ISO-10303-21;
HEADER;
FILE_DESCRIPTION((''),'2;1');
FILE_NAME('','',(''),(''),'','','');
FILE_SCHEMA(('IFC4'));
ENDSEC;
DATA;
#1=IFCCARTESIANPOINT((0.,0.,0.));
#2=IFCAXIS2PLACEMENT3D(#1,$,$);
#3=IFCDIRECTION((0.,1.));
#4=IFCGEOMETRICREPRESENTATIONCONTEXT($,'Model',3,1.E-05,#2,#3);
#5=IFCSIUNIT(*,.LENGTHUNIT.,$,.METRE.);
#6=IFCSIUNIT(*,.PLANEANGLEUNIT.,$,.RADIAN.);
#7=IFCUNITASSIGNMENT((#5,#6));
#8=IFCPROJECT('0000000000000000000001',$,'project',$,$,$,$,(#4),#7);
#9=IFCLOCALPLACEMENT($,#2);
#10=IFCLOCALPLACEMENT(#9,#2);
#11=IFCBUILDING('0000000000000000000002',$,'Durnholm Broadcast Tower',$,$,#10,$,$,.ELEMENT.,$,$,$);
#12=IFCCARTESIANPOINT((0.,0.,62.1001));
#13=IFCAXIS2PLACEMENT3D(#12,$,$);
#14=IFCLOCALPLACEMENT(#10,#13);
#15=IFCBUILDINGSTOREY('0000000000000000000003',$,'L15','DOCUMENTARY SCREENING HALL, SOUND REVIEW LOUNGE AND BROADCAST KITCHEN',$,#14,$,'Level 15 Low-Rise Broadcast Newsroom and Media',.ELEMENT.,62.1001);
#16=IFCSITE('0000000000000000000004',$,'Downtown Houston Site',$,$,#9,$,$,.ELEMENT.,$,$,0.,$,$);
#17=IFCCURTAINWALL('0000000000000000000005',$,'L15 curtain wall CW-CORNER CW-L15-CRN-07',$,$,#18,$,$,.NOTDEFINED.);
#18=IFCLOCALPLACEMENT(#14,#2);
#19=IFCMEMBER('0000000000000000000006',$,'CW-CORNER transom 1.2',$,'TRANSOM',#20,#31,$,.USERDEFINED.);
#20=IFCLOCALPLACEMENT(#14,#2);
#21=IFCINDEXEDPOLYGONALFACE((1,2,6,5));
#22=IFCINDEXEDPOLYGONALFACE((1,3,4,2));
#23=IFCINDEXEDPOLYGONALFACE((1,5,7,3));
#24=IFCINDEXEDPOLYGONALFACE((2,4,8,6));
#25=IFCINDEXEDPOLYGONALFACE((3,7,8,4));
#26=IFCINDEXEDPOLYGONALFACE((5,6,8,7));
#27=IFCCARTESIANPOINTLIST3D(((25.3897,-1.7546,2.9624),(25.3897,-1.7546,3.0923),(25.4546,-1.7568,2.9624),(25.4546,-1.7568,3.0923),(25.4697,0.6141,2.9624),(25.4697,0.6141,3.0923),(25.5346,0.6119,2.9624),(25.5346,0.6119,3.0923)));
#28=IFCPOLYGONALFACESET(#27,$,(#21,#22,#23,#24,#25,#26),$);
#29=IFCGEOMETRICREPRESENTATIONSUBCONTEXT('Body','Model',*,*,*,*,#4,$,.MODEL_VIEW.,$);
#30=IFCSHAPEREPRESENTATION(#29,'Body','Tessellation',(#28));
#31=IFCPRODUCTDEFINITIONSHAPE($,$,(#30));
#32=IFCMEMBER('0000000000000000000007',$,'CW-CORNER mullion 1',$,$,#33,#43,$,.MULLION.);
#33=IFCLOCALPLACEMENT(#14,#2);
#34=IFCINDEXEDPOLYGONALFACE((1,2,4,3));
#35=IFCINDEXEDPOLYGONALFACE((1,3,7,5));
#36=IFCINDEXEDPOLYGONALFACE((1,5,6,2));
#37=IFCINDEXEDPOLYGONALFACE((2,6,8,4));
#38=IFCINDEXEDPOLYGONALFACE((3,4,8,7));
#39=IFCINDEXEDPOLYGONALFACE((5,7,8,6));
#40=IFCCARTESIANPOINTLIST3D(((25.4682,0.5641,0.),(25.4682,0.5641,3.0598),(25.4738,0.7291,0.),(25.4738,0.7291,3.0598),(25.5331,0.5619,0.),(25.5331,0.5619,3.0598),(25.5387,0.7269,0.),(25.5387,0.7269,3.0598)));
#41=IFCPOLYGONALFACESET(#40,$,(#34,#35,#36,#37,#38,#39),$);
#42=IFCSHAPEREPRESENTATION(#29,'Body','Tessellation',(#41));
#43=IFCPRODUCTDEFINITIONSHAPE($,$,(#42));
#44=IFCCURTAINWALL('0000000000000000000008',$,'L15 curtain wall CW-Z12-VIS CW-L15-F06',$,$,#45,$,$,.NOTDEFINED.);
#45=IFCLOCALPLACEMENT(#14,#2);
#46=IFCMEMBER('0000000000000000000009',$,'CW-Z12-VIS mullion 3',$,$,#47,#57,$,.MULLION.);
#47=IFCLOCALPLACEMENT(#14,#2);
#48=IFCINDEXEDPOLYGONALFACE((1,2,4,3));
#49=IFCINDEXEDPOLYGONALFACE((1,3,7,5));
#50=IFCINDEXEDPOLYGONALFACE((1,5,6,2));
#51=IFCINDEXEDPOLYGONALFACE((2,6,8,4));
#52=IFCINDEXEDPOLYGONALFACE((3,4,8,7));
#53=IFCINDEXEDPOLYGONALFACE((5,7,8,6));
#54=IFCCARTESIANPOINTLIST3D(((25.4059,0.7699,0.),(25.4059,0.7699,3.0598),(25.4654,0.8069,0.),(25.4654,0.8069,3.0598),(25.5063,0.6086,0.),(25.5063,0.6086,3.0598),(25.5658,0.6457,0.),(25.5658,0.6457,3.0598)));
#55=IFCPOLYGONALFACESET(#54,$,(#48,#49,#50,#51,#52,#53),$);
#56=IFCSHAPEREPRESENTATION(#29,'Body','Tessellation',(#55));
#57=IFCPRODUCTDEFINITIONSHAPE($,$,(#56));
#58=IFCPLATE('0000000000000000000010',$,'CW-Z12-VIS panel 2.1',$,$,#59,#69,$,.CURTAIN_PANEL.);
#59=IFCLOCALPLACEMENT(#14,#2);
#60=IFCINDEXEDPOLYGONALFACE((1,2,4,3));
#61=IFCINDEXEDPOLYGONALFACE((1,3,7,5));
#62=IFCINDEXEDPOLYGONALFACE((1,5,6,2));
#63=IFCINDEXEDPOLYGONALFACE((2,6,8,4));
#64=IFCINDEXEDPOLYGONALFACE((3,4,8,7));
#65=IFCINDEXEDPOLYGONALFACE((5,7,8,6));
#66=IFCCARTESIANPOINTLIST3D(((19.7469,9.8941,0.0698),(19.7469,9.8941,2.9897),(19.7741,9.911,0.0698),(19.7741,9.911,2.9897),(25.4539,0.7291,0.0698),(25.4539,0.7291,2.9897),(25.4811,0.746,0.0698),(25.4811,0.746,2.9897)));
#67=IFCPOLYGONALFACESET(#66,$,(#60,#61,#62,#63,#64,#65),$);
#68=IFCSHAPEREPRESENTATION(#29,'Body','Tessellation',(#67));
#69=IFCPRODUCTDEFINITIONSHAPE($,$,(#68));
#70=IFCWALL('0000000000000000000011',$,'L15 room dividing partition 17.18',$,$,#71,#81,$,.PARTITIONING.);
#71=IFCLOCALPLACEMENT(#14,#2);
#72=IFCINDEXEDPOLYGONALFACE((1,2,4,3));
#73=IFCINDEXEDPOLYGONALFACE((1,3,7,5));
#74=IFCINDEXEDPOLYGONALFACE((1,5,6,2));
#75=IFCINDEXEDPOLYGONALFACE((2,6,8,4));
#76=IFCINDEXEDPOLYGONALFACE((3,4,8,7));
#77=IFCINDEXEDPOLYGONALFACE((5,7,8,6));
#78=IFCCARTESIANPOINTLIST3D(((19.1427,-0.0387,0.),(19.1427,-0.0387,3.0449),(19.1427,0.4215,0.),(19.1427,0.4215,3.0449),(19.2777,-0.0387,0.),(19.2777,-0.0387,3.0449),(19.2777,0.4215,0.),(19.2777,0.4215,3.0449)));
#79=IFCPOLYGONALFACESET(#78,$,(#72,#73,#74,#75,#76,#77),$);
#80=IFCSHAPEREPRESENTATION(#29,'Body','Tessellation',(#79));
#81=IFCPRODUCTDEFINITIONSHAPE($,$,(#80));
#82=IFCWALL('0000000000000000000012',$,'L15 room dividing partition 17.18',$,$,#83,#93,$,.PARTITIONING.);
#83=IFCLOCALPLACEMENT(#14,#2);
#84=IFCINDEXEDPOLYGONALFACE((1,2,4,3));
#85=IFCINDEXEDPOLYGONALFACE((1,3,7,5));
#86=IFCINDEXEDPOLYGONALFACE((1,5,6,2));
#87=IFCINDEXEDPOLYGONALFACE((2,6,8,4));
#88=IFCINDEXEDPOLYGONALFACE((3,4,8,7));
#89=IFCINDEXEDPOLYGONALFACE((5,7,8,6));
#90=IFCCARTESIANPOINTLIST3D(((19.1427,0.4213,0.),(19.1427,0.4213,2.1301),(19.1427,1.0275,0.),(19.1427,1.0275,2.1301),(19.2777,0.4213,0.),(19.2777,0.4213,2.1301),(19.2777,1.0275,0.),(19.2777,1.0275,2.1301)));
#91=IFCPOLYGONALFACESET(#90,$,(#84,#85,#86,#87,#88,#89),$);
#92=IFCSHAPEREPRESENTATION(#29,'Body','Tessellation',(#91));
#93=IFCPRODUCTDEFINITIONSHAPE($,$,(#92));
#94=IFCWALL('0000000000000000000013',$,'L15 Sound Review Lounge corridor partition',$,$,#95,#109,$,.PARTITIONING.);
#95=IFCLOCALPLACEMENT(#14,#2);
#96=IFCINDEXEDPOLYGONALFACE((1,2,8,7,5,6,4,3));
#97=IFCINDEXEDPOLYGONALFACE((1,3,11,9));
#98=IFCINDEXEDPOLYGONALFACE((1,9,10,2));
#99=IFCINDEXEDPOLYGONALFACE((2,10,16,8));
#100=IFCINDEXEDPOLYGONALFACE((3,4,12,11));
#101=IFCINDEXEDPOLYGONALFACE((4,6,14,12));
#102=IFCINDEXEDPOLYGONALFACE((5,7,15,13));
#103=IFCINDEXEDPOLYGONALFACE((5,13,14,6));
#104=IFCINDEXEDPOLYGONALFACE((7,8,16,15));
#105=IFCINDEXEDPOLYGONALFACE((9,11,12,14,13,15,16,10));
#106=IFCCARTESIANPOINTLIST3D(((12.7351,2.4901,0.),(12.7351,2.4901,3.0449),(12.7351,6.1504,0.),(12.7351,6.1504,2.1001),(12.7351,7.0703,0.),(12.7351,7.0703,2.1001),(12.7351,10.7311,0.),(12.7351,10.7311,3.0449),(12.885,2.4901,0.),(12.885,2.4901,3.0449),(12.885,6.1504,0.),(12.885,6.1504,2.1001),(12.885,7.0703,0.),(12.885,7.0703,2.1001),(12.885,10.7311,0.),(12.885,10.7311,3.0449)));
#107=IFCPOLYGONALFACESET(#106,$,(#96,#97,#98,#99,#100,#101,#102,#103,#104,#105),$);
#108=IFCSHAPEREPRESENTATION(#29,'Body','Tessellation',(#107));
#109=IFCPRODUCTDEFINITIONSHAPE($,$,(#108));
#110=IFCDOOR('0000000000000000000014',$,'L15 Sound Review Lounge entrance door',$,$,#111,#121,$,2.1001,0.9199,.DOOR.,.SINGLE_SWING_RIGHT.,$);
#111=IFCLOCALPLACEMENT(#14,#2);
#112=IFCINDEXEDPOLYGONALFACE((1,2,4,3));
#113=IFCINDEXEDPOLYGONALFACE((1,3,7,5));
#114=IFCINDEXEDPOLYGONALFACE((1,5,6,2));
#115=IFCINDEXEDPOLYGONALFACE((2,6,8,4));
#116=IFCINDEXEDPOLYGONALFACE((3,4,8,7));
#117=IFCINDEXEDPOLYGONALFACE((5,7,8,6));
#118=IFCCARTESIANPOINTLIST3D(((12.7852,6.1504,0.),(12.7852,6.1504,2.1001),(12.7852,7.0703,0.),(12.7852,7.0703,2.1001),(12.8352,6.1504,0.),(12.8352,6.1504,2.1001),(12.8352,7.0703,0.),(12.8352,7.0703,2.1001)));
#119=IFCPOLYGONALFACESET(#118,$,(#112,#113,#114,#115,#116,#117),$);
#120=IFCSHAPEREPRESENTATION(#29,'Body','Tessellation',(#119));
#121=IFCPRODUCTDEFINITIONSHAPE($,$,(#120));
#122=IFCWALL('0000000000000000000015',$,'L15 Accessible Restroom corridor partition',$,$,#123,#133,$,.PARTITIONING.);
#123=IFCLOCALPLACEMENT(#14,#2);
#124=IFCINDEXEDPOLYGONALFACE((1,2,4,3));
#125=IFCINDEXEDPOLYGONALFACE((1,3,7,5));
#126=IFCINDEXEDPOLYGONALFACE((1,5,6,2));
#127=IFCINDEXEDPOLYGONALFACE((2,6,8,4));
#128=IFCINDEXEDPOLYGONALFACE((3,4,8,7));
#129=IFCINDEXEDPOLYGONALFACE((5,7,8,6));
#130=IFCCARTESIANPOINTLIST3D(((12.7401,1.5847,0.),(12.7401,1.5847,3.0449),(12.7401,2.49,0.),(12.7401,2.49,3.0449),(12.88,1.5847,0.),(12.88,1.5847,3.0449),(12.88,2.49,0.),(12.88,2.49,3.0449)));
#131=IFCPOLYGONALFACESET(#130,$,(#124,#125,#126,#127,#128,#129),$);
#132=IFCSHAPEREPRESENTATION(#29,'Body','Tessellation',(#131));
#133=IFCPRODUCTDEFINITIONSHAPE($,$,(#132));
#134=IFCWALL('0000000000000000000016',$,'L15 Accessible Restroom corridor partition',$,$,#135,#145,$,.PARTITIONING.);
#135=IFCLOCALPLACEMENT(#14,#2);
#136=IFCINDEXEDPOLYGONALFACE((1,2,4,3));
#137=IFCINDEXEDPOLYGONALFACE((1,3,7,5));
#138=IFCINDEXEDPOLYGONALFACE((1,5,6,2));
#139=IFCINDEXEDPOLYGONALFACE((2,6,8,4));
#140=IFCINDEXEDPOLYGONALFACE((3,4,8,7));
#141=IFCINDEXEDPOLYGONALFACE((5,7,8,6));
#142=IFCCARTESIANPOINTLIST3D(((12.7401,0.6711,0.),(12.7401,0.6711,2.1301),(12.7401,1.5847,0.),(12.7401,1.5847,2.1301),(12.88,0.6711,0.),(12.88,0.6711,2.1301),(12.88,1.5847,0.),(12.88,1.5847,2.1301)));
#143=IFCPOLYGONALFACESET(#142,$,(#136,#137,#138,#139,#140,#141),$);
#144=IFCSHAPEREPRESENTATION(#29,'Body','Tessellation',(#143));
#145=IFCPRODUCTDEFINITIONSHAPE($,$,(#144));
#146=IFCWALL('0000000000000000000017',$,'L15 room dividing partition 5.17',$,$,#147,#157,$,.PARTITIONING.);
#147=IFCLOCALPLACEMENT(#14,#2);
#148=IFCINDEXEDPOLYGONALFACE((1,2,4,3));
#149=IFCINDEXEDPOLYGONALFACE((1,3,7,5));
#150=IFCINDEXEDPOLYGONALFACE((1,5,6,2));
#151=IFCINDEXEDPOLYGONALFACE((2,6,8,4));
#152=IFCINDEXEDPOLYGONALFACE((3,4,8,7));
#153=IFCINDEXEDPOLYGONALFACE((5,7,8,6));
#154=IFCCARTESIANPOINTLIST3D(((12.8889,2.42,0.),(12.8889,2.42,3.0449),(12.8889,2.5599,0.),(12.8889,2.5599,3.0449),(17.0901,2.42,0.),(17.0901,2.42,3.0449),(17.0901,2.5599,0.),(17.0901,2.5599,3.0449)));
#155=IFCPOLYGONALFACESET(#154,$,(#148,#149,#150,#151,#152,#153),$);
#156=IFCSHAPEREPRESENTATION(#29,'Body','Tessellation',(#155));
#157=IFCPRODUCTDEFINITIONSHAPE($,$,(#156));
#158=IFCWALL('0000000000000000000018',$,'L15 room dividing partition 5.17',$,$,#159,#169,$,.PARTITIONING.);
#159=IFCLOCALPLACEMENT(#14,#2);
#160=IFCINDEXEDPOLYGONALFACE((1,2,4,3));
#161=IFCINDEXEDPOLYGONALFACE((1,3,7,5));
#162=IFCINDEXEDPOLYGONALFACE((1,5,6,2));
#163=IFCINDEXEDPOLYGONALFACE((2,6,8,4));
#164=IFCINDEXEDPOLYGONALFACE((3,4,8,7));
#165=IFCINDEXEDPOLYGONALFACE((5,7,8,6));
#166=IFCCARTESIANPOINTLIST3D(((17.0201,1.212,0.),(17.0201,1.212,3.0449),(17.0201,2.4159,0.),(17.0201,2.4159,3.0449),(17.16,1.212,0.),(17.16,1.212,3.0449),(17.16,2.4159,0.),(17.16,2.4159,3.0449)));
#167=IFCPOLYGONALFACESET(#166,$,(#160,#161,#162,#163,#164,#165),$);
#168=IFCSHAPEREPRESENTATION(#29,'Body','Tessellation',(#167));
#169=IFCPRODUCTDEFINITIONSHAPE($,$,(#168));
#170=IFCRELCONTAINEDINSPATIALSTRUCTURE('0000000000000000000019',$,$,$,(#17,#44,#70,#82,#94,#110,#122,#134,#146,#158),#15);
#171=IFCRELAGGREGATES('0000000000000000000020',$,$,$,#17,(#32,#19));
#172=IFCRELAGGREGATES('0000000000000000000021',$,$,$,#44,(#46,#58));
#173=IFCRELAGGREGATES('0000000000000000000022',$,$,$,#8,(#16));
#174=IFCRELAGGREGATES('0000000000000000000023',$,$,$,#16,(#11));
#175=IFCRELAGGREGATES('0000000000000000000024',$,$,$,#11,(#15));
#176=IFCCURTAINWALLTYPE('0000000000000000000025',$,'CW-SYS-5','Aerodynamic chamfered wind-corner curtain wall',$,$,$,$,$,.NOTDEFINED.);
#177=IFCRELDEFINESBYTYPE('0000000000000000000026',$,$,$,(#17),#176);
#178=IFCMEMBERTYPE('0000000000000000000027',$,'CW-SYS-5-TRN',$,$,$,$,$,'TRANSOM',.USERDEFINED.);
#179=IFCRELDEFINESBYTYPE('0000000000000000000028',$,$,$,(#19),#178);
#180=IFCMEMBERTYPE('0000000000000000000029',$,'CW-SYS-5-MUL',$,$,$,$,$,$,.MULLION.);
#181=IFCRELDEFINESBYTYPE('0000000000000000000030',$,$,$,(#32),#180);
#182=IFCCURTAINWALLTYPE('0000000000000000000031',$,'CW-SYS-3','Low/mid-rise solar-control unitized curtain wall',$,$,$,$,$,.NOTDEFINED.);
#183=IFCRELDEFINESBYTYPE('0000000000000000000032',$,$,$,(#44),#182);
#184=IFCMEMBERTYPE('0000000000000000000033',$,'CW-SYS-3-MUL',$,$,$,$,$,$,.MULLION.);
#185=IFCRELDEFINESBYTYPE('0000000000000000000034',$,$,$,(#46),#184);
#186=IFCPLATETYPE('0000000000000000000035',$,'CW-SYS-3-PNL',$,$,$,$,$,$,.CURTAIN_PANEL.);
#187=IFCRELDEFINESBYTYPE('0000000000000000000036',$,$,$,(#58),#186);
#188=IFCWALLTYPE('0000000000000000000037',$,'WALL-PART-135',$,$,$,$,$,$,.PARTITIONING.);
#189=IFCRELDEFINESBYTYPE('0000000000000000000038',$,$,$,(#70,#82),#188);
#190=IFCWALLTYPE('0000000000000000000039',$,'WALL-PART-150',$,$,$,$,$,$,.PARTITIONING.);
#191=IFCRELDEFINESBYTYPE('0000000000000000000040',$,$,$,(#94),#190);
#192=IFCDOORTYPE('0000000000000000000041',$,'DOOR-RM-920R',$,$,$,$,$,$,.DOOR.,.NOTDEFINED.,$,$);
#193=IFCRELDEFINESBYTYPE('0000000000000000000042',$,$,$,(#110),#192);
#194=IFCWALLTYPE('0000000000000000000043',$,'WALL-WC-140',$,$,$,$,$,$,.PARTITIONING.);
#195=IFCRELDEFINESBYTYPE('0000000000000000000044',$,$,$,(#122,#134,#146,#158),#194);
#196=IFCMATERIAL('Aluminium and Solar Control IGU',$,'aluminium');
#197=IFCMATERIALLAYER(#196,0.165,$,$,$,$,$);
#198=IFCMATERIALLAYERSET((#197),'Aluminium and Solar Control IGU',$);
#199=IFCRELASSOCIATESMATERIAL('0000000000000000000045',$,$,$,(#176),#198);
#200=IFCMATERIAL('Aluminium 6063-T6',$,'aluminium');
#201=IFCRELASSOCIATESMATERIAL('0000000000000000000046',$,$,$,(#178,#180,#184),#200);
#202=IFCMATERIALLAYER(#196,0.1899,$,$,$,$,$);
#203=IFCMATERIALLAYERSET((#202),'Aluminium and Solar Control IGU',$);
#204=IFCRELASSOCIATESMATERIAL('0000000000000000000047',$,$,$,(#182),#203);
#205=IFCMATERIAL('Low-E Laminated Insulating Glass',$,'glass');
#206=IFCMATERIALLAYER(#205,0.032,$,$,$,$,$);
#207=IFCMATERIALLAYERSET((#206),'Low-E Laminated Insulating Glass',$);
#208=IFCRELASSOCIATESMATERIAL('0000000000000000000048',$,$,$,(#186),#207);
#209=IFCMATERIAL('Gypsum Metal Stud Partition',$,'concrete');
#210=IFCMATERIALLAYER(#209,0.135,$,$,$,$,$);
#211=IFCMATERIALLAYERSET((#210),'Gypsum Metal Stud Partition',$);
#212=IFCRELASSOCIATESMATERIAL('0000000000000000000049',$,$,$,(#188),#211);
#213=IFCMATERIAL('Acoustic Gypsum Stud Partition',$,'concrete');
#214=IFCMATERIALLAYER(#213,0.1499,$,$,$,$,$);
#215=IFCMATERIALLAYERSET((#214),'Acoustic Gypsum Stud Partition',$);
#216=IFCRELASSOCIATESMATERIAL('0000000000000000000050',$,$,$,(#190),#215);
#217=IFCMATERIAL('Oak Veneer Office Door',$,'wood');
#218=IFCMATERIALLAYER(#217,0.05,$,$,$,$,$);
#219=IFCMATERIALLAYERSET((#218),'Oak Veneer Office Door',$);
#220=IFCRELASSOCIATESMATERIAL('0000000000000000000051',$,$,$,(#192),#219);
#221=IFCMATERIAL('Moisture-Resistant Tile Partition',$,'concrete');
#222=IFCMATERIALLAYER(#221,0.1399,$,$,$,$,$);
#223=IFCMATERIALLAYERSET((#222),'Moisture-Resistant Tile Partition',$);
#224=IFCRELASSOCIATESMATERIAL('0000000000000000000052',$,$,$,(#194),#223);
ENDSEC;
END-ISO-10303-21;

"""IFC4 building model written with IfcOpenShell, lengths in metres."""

from ifc_helpers import new_model, si_unit, direction, frame, frame_2d, origin, origin_2d, place, context, subcontext, project, spatial, rectangle, extrude, source, transform, mapped, material, layer, layer_set, material_profile, profile_set, type_object, type_shapes, element, fill, aggregate, save


model = new_model("IFC4")

# Units and contexts
model_context = context("Model", 3, precision=1e-05, world=origin(), true_north=direction((0.0, 1.0)))
body_context = subcontext(model_context, "Body", "Model", "MODEL_VIEW")
ifc_project = project(units=[si_unit("LENGTHUNIT", "METRE"), si_unit("PLANEANGLEUNIT", "RADIAN")], contexts=[model_context])

# Site, building, storey
site_placement = place(None, origin())
site = spatial("IfcSite", under=ifc_project, at=site_placement, Name="Downtown Houston Site", CompositionType="ELEMENT", RefElevation=0.0)
building_placement = place(site_placement, origin())
building = spatial("IfcBuilding", under=site, at=building_placement, Name="Durnholm Broadcast Tower", CompositionType="ELEMENT")
storey_placement = place(building_placement, frame((0.0, 0.0, 62.1001)))
storey = spatial("IfcBuildingStorey", under=building, at=storey_placement, Name="L15", Description="DOCUMENTARY SCREENING HALL, SOUND REVIEW LOUNGE AND BROADCAST KITCHEN", LongName="Level 15 Low-Rise Broadcast Newsroom and Media", CompositionType="ELEMENT", Elevation=62.1001)

# Curtain wall, members
ifc_material_1 = material(Name="Aluminium and Solar Control IGU", Category="aluminium")
ifc_layer_1 = layer(ifc_material_1, 0.165)
ifc_layer_set_1 = layer_set([ifc_layer_1], Name="Aluminium and Solar Control IGU")
curtain_wall_type_1 = type_object("IfcCurtainWallType", Name="CW-SYS-5", Description="Aerodynamic chamfered wind-corner curtain wall", PredefinedType="NOTDEFINED", material=ifc_layer_set_1)
curtain_wall_1_placement = place(storey_placement, origin())
curtain_wall_1 = element("IfcCurtainWall", 1, at=curtain_wall_1_placement, inside=storey, type_object=curtain_wall_type_1, Name="L15 curtain wall CW-CORNER CW-L15-CRN-07", PredefinedType="NOTDEFINED")
ifc_material_2 = material(Name="Aluminium 6063-T6", Category="aluminium")
ifc_material_profile_1 = material_profile(ifc_material_2, rectangle(XDim=0.0649, YDim=0.1299, at=origin_2d()), Name="CWT65X130")
ifc_profile_set_1 = profile_set([ifc_material_profile_1], Name="Aluminium 6063-T6")
member_type_1 = type_object("IfcMemberType", Name="CW-SYS-5-TRN", ElementType="TRANSOM", PredefinedType="USERDEFINED", material=ifc_profile_set_1)
shared_shape_1 = source(origin(), body_context, "Body", "SweptSolid", [
    extrude(rectangle(XDim=0.0649, YDim=0.1299, at=origin_2d()), origin(), (0.0, 0.0, 1.0), 2.3701),
])
type_shapes(member_type_1, [shared_shape_1])
member_1_placement = place(storey_placement, frame((25.5022, 0.613, 3.0273), z_axis=(-0.033788, -0.999429, 0.0), x_axis=(0.999429, -0.033788, 0.0)))
member_1 = element("IfcMember", 2, at=member_1_placement, type_object=member_type_1, Name="CW-CORNER transom 1.2", ObjectType="TRANSOM", PredefinedType="USERDEFINED", context=body_context, shape_type="MappedRepresentation", body=[
    mapped(shared_shape_1, transform((0.0, 0.0, 0.0), x_axis=(1.0, 0.0, 0.0), y_axis=(0.0, 1.0, 0.0), z_axis=(0.0, 0.0, 1.0), scale=1.0)),
])
ifc_material_profile_2 = material_profile(ifc_material_2, rectangle(XDim=0.0649, YDim=0.165, at=origin_2d()), Name="CWM65X165")
ifc_profile_set_2 = profile_set([ifc_material_profile_2], Name="Aluminium 6063-T6")
member_type_2 = type_object("IfcMemberType", Name="CW-SYS-5-MUL", PredefinedType="MULLION", material=ifc_profile_set_2)
shared_shape_2 = source(origin(), body_context, "Body", "SweptSolid", [
    extrude(rectangle(XDim=0.0649, YDim=0.165, at=origin_2d()), origin(), (0.0, 0.0, 1.0), 3.0598),
])
type_shapes(member_type_2, [shared_shape_2])
member_2_placement = place(storey_placement, frame((25.5034, 0.6455, 0.0), z_axis=(0.0, 0.0, 1.0), x_axis=(0.999427, -0.03384, 0.0)))
member_2 = element("IfcMember", 3, at=member_2_placement, type_object=member_type_2, Name="CW-CORNER mullion 1", PredefinedType="MULLION", context=body_context, shape_type="MappedRepresentation", body=[
    mapped(shared_shape_2, transform((0.0, 0.0, 0.0), x_axis=(1.0, 0.0, 0.0), y_axis=(0.0, 1.0, 0.0), z_axis=(0.0, 0.0, 1.0), scale=1.0)),
])
aggregate(curtain_wall_1, [member_2, member_1])

# Curtain wall, member, plate
ifc_layer_2 = layer(ifc_material_1, 0.1899)
ifc_layer_set_2 = layer_set([ifc_layer_2], Name="Aluminium and Solar Control IGU")
curtain_wall_type_2 = type_object("IfcCurtainWallType", Name="CW-SYS-3", Description="Low/mid-rise solar-control unitized curtain wall", PredefinedType="NOTDEFINED", material=ifc_layer_set_2)
curtain_wall_2_placement = place(storey_placement, origin())
curtain_wall_2 = element("IfcCurtainWall", 4, at=curtain_wall_2_placement, inside=storey, type_object=curtain_wall_type_2, Name="L15 curtain wall CW-Z12-VIS CW-L15-F06", PredefinedType="NOTDEFINED")
ifc_material_profile_3 = material_profile(ifc_material_2, rectangle(XDim=0.0701, YDim=0.1899, at=origin_2d()), Name="CWM70X190")
ifc_profile_set_3 = profile_set([ifc_material_profile_3], Name="Aluminium 6063-T6")
member_type_3 = type_object("IfcMemberType", Name="CW-SYS-3-MUL", PredefinedType="MULLION", material=ifc_profile_set_3)
shared_shape_3 = source(origin(), body_context, "Body", "SweptSolid", [
    extrude(rectangle(XDim=0.0701, YDim=0.1899, at=origin_2d()), origin(), (0.0, 0.0, 1.0), 3.0598),
])
type_shapes(member_type_3, [shared_shape_3])
member_3_placement = place(storey_placement, frame((25.4858, 0.7078, 0.0), z_axis=(0.0, 0.0, 1.0), x_axis=(0.848876, 0.528592, 0.0)))
member_3 = element("IfcMember", 5, at=member_3_placement, type_object=member_type_3, Name="CW-Z12-VIS mullion 3", PredefinedType="MULLION", context=body_context, shape_type="MappedRepresentation", body=[
    mapped(shared_shape_3, transform((0.0, 0.0, 0.0), x_axis=(1.0, 0.0, 0.0), y_axis=(0.0, 1.0, 0.0), z_axis=(0.0, 0.0, 1.0), scale=1.0)),
])
ifc_material_3 = material(Name="Low-E Laminated Insulating Glass", Category="glass")
ifc_layer_3 = layer(ifc_material_3, 0.032)
ifc_layer_set_3 = layer_set([ifc_layer_3], Name="Low-E Laminated Insulating Glass")
plate_type = type_object("IfcPlateType", Name="CW-SYS-3-PNL", PredefinedType="CURTAIN_PANEL", material=ifc_layer_set_3)
shared_shape_4 = source(origin(), body_context, "Body", "SweptSolid", [
    extrude(rectangle(XDim=10.7966, YDim=0.032, at=origin_2d()), origin(), (0.0, 0.0, 1.0), 2.9199),
])
type_shapes(plate_type, [shared_shape_4])
plate_placement = place(storey_placement, frame((22.614, 5.3201, 0.0698), z_axis=(0.0, 0.0, 1.0), x_axis=(0.528592, -0.848876, 0.0)))
plate = element("IfcPlate", 6, at=plate_placement, type_object=plate_type, Name="CW-Z12-VIS panel 2.1", PredefinedType="CURTAIN_PANEL", context=body_context, shape_type="MappedRepresentation", body=[
    mapped(shared_shape_4, transform((0.0, 0.0, 0.0), x_axis=(1.0, 0.0, 0.0), y_axis=(0.0, 1.0, 0.0), z_axis=(0.0, 0.0, 1.0), scale=1.0)),
])
aggregate(curtain_wall_2, [member_3, plate])

# Walls
ifc_material_4 = material(Name="Gypsum Metal Stud Partition", Category="concrete")
ifc_layer_4 = layer(ifc_material_4, 0.135)
ifc_layer_set_4 = layer_set([ifc_layer_4], Name="Gypsum Metal Stud Partition")
wall_type_1 = type_object("IfcWallType", Name="WALL-PART-135", PredefinedType="PARTITIONING", material=ifc_layer_set_4)
wall_1_placement = place(storey_placement, frame((19.2102, 0.4214, 0.0), z_axis=(0.0, 0.0, 1.0), x_axis=(0.0, -1.0, 0.0)))
element("IfcWall", 7, at=wall_1_placement, inside=storey, type_object=wall_type_1, Name="L15 room dividing partition 17.18", PredefinedType="PARTITIONING", context=body_context, shape_type="SweptSolid", body=[
    extrude(rectangle(XDim=0.4602, YDim=0.135, at=frame_2d((0.23, 0.0))), origin(), (0.0, 0.0, 1.0), 3.0449),
])
wall_2_placement = place(storey_placement, frame((19.2102, 1.0276, 0.0), z_axis=(0.0, 0.0, 1.0), x_axis=(0.0, -1.0, 0.0)))
element("IfcWall", 8, at=wall_2_placement, inside=storey, type_object=wall_type_1, Name="L15 room dividing partition 17.18", PredefinedType="PARTITIONING", context=body_context, shape_type="SweptSolid", body=[
    extrude(rectangle(XDim=0.6062, YDim=0.135, at=frame_2d((0.3032, 0.0))), origin(), (0.0, 0.0, 1.0), 2.1301),
])

# Wall, opening, door
ifc_material_5 = material(Name="Acoustic Gypsum Stud Partition", Category="concrete")
ifc_layer_5 = layer(ifc_material_5, 0.1499)
ifc_layer_set_5 = layer_set([ifc_layer_5], Name="Acoustic Gypsum Stud Partition")
wall_type_2 = type_object("IfcWallType", Name="WALL-PART-150", PredefinedType="PARTITIONING", material=ifc_layer_set_5)
wall_3_placement = place(storey_placement, frame((12.8101, 2.49, 0.0), z_axis=(0.0, 0.0, 1.0), x_axis=(0.0, 1.0, 0.0)))
wall_3 = element("IfcWall", 9, at=wall_3_placement, inside=storey, type_object=wall_type_2, Name="L15 Sound Review Lounge corridor partition", PredefinedType="PARTITIONING", context=body_context, shape_type="SweptSolid", body=[
    extrude(rectangle(XDim=8.241, YDim=0.1499, at=frame_2d((4.1206, 0.0))), origin(), (0.0, 0.0, 1.0), 3.0449),
])
opening_placement = place(wall_3_placement, frame((3.6604, 0.0, 0.0)))
opening = element("IfcOpeningElement", 10, at=opening_placement, cuts=wall_3, PredefinedType="OPENING", context=body_context, shape_type="SweptSolid", body=[
    extrude(rectangle(XDim=0.9199, YDim=2.1001, at=frame_2d((0.46, 1.05))), frame((0.0, 0.085, 0.0), z_axis=(0.0, -1.0, 0.0), x_axis=(1.0, 0.0, 0.0)), (0.0, 0.0, 1.0), 0.1699),
])
ifc_material_6 = material(Name="Oak Veneer Office Door", Category="wood")
ifc_layer_6 = layer(ifc_material_6, 0.05)
ifc_layer_set_6 = layer_set([ifc_layer_6], Name="Oak Veneer Office Door")
door_type = type_object("IfcDoorType", Name="DOOR-RM-920R", OperationType="NOTDEFINED", PredefinedType="DOOR", material=ifc_layer_set_6)
shared_shape_5 = source(origin(), body_context, "Body", "SweptSolid", [
    extrude(rectangle(XDim=0.9199, YDim=2.1001, at=frame_2d((0.46, 1.05))), frame((0.0, 0.0249, 0.0), z_axis=(0.0, -1.0, 0.0), x_axis=(1.0, 0.0, 0.0)), (0.0, 0.0, 1.0), 0.05),
])
type_shapes(door_type, [shared_shape_5])
door_placement = place(opening_placement, origin())
door = element("IfcDoor", 11, at=door_placement, inside=storey, type_object=door_type, Name="L15 Sound Review Lounge entrance door", OperationType="SINGLE_SWING_RIGHT", OverallHeight=2.1001, OverallWidth=0.9199, PredefinedType="DOOR", context=body_context, shape_type="MappedRepresentation", body=[
    mapped(shared_shape_5, transform((0.0, 0.0, 0.0), x_axis=(1.0, 0.0, 0.0), y_axis=(0.0, 1.0, 0.0), z_axis=(0.0, 0.0, 1.0), scale=1.0)),
])
fill(opening, door)

# Walls
ifc_material_7 = material(Name="Moisture-Resistant Tile Partition", Category="concrete")
ifc_layer_7 = layer(ifc_material_7, 0.1399)
ifc_layer_set_7 = layer_set([ifc_layer_7], Name="Moisture-Resistant Tile Partition")
wall_type_3 = type_object("IfcWallType", Name="WALL-WC-140", PredefinedType="PARTITIONING", material=ifc_layer_set_7)
wall_4_placement = place(storey_placement, frame((12.8101, 1.5847, 0.0), z_axis=(0.0, 0.0, 1.0), x_axis=(0.0, 1.0, 0.0)))
element("IfcWall", 12, at=wall_4_placement, inside=storey, type_object=wall_type_3, Name="L15 Accessible Restroom corridor partition", PredefinedType="PARTITIONING", context=body_context, shape_type="SweptSolid", body=[
    extrude(rectangle(XDim=0.9053, YDim=0.1399, at=frame_2d((0.4526, 0.0))), origin(), (0.0, 0.0, 1.0), 3.0449),
])
wall_5_placement = place(storey_placement, frame((12.8101, 0.6711, 0.0), z_axis=(0.0, 0.0, 1.0), x_axis=(0.0, 1.0, 0.0)))
element("IfcWall", 13, at=wall_5_placement, inside=storey, type_object=wall_type_3, Name="L15 Accessible Restroom corridor partition", PredefinedType="PARTITIONING", context=body_context, shape_type="SweptSolid", body=[
    extrude(rectangle(XDim=0.9136, YDim=0.1399, at=frame_2d((0.4568, 0.0))), origin(), (0.0, 0.0, 1.0), 2.1301),
])
wall_6_placement = place(storey_placement, frame((12.8889, 2.49, 0.0), z_axis=(0.0, 0.0, 1.0), x_axis=(1.0, 0.0, 0.0)))
element("IfcWall", 14, at=wall_6_placement, inside=storey, type_object=wall_type_3, Name="L15 room dividing partition 5.17", PredefinedType="PARTITIONING", context=body_context, shape_type="SweptSolid", body=[
    extrude(rectangle(XDim=4.2012, YDim=0.1399, at=frame_2d((2.1006, 0.0))), origin(), (0.0, 0.0, 1.0), 3.0449),
])
wall_7_placement = place(storey_placement, frame((17.0901, 2.416, 0.0), z_axis=(0.0, 0.0, 1.0), x_axis=(0.0, -1.0, 0.0)))
element("IfcWall", 15, at=wall_7_placement, inside=storey, type_object=wall_type_3, Name="L15 room dividing partition 5.17", PredefinedType="PARTITIONING", context=body_context, shape_type="SweptSolid", body=[
    extrude(rectangle(XDim=1.2039, YDim=0.1399, at=frame_2d((0.6021, 0.0))), origin(), (0.0, 0.0, 1.0), 3.0449),
])

save(model, "model.ifc")
